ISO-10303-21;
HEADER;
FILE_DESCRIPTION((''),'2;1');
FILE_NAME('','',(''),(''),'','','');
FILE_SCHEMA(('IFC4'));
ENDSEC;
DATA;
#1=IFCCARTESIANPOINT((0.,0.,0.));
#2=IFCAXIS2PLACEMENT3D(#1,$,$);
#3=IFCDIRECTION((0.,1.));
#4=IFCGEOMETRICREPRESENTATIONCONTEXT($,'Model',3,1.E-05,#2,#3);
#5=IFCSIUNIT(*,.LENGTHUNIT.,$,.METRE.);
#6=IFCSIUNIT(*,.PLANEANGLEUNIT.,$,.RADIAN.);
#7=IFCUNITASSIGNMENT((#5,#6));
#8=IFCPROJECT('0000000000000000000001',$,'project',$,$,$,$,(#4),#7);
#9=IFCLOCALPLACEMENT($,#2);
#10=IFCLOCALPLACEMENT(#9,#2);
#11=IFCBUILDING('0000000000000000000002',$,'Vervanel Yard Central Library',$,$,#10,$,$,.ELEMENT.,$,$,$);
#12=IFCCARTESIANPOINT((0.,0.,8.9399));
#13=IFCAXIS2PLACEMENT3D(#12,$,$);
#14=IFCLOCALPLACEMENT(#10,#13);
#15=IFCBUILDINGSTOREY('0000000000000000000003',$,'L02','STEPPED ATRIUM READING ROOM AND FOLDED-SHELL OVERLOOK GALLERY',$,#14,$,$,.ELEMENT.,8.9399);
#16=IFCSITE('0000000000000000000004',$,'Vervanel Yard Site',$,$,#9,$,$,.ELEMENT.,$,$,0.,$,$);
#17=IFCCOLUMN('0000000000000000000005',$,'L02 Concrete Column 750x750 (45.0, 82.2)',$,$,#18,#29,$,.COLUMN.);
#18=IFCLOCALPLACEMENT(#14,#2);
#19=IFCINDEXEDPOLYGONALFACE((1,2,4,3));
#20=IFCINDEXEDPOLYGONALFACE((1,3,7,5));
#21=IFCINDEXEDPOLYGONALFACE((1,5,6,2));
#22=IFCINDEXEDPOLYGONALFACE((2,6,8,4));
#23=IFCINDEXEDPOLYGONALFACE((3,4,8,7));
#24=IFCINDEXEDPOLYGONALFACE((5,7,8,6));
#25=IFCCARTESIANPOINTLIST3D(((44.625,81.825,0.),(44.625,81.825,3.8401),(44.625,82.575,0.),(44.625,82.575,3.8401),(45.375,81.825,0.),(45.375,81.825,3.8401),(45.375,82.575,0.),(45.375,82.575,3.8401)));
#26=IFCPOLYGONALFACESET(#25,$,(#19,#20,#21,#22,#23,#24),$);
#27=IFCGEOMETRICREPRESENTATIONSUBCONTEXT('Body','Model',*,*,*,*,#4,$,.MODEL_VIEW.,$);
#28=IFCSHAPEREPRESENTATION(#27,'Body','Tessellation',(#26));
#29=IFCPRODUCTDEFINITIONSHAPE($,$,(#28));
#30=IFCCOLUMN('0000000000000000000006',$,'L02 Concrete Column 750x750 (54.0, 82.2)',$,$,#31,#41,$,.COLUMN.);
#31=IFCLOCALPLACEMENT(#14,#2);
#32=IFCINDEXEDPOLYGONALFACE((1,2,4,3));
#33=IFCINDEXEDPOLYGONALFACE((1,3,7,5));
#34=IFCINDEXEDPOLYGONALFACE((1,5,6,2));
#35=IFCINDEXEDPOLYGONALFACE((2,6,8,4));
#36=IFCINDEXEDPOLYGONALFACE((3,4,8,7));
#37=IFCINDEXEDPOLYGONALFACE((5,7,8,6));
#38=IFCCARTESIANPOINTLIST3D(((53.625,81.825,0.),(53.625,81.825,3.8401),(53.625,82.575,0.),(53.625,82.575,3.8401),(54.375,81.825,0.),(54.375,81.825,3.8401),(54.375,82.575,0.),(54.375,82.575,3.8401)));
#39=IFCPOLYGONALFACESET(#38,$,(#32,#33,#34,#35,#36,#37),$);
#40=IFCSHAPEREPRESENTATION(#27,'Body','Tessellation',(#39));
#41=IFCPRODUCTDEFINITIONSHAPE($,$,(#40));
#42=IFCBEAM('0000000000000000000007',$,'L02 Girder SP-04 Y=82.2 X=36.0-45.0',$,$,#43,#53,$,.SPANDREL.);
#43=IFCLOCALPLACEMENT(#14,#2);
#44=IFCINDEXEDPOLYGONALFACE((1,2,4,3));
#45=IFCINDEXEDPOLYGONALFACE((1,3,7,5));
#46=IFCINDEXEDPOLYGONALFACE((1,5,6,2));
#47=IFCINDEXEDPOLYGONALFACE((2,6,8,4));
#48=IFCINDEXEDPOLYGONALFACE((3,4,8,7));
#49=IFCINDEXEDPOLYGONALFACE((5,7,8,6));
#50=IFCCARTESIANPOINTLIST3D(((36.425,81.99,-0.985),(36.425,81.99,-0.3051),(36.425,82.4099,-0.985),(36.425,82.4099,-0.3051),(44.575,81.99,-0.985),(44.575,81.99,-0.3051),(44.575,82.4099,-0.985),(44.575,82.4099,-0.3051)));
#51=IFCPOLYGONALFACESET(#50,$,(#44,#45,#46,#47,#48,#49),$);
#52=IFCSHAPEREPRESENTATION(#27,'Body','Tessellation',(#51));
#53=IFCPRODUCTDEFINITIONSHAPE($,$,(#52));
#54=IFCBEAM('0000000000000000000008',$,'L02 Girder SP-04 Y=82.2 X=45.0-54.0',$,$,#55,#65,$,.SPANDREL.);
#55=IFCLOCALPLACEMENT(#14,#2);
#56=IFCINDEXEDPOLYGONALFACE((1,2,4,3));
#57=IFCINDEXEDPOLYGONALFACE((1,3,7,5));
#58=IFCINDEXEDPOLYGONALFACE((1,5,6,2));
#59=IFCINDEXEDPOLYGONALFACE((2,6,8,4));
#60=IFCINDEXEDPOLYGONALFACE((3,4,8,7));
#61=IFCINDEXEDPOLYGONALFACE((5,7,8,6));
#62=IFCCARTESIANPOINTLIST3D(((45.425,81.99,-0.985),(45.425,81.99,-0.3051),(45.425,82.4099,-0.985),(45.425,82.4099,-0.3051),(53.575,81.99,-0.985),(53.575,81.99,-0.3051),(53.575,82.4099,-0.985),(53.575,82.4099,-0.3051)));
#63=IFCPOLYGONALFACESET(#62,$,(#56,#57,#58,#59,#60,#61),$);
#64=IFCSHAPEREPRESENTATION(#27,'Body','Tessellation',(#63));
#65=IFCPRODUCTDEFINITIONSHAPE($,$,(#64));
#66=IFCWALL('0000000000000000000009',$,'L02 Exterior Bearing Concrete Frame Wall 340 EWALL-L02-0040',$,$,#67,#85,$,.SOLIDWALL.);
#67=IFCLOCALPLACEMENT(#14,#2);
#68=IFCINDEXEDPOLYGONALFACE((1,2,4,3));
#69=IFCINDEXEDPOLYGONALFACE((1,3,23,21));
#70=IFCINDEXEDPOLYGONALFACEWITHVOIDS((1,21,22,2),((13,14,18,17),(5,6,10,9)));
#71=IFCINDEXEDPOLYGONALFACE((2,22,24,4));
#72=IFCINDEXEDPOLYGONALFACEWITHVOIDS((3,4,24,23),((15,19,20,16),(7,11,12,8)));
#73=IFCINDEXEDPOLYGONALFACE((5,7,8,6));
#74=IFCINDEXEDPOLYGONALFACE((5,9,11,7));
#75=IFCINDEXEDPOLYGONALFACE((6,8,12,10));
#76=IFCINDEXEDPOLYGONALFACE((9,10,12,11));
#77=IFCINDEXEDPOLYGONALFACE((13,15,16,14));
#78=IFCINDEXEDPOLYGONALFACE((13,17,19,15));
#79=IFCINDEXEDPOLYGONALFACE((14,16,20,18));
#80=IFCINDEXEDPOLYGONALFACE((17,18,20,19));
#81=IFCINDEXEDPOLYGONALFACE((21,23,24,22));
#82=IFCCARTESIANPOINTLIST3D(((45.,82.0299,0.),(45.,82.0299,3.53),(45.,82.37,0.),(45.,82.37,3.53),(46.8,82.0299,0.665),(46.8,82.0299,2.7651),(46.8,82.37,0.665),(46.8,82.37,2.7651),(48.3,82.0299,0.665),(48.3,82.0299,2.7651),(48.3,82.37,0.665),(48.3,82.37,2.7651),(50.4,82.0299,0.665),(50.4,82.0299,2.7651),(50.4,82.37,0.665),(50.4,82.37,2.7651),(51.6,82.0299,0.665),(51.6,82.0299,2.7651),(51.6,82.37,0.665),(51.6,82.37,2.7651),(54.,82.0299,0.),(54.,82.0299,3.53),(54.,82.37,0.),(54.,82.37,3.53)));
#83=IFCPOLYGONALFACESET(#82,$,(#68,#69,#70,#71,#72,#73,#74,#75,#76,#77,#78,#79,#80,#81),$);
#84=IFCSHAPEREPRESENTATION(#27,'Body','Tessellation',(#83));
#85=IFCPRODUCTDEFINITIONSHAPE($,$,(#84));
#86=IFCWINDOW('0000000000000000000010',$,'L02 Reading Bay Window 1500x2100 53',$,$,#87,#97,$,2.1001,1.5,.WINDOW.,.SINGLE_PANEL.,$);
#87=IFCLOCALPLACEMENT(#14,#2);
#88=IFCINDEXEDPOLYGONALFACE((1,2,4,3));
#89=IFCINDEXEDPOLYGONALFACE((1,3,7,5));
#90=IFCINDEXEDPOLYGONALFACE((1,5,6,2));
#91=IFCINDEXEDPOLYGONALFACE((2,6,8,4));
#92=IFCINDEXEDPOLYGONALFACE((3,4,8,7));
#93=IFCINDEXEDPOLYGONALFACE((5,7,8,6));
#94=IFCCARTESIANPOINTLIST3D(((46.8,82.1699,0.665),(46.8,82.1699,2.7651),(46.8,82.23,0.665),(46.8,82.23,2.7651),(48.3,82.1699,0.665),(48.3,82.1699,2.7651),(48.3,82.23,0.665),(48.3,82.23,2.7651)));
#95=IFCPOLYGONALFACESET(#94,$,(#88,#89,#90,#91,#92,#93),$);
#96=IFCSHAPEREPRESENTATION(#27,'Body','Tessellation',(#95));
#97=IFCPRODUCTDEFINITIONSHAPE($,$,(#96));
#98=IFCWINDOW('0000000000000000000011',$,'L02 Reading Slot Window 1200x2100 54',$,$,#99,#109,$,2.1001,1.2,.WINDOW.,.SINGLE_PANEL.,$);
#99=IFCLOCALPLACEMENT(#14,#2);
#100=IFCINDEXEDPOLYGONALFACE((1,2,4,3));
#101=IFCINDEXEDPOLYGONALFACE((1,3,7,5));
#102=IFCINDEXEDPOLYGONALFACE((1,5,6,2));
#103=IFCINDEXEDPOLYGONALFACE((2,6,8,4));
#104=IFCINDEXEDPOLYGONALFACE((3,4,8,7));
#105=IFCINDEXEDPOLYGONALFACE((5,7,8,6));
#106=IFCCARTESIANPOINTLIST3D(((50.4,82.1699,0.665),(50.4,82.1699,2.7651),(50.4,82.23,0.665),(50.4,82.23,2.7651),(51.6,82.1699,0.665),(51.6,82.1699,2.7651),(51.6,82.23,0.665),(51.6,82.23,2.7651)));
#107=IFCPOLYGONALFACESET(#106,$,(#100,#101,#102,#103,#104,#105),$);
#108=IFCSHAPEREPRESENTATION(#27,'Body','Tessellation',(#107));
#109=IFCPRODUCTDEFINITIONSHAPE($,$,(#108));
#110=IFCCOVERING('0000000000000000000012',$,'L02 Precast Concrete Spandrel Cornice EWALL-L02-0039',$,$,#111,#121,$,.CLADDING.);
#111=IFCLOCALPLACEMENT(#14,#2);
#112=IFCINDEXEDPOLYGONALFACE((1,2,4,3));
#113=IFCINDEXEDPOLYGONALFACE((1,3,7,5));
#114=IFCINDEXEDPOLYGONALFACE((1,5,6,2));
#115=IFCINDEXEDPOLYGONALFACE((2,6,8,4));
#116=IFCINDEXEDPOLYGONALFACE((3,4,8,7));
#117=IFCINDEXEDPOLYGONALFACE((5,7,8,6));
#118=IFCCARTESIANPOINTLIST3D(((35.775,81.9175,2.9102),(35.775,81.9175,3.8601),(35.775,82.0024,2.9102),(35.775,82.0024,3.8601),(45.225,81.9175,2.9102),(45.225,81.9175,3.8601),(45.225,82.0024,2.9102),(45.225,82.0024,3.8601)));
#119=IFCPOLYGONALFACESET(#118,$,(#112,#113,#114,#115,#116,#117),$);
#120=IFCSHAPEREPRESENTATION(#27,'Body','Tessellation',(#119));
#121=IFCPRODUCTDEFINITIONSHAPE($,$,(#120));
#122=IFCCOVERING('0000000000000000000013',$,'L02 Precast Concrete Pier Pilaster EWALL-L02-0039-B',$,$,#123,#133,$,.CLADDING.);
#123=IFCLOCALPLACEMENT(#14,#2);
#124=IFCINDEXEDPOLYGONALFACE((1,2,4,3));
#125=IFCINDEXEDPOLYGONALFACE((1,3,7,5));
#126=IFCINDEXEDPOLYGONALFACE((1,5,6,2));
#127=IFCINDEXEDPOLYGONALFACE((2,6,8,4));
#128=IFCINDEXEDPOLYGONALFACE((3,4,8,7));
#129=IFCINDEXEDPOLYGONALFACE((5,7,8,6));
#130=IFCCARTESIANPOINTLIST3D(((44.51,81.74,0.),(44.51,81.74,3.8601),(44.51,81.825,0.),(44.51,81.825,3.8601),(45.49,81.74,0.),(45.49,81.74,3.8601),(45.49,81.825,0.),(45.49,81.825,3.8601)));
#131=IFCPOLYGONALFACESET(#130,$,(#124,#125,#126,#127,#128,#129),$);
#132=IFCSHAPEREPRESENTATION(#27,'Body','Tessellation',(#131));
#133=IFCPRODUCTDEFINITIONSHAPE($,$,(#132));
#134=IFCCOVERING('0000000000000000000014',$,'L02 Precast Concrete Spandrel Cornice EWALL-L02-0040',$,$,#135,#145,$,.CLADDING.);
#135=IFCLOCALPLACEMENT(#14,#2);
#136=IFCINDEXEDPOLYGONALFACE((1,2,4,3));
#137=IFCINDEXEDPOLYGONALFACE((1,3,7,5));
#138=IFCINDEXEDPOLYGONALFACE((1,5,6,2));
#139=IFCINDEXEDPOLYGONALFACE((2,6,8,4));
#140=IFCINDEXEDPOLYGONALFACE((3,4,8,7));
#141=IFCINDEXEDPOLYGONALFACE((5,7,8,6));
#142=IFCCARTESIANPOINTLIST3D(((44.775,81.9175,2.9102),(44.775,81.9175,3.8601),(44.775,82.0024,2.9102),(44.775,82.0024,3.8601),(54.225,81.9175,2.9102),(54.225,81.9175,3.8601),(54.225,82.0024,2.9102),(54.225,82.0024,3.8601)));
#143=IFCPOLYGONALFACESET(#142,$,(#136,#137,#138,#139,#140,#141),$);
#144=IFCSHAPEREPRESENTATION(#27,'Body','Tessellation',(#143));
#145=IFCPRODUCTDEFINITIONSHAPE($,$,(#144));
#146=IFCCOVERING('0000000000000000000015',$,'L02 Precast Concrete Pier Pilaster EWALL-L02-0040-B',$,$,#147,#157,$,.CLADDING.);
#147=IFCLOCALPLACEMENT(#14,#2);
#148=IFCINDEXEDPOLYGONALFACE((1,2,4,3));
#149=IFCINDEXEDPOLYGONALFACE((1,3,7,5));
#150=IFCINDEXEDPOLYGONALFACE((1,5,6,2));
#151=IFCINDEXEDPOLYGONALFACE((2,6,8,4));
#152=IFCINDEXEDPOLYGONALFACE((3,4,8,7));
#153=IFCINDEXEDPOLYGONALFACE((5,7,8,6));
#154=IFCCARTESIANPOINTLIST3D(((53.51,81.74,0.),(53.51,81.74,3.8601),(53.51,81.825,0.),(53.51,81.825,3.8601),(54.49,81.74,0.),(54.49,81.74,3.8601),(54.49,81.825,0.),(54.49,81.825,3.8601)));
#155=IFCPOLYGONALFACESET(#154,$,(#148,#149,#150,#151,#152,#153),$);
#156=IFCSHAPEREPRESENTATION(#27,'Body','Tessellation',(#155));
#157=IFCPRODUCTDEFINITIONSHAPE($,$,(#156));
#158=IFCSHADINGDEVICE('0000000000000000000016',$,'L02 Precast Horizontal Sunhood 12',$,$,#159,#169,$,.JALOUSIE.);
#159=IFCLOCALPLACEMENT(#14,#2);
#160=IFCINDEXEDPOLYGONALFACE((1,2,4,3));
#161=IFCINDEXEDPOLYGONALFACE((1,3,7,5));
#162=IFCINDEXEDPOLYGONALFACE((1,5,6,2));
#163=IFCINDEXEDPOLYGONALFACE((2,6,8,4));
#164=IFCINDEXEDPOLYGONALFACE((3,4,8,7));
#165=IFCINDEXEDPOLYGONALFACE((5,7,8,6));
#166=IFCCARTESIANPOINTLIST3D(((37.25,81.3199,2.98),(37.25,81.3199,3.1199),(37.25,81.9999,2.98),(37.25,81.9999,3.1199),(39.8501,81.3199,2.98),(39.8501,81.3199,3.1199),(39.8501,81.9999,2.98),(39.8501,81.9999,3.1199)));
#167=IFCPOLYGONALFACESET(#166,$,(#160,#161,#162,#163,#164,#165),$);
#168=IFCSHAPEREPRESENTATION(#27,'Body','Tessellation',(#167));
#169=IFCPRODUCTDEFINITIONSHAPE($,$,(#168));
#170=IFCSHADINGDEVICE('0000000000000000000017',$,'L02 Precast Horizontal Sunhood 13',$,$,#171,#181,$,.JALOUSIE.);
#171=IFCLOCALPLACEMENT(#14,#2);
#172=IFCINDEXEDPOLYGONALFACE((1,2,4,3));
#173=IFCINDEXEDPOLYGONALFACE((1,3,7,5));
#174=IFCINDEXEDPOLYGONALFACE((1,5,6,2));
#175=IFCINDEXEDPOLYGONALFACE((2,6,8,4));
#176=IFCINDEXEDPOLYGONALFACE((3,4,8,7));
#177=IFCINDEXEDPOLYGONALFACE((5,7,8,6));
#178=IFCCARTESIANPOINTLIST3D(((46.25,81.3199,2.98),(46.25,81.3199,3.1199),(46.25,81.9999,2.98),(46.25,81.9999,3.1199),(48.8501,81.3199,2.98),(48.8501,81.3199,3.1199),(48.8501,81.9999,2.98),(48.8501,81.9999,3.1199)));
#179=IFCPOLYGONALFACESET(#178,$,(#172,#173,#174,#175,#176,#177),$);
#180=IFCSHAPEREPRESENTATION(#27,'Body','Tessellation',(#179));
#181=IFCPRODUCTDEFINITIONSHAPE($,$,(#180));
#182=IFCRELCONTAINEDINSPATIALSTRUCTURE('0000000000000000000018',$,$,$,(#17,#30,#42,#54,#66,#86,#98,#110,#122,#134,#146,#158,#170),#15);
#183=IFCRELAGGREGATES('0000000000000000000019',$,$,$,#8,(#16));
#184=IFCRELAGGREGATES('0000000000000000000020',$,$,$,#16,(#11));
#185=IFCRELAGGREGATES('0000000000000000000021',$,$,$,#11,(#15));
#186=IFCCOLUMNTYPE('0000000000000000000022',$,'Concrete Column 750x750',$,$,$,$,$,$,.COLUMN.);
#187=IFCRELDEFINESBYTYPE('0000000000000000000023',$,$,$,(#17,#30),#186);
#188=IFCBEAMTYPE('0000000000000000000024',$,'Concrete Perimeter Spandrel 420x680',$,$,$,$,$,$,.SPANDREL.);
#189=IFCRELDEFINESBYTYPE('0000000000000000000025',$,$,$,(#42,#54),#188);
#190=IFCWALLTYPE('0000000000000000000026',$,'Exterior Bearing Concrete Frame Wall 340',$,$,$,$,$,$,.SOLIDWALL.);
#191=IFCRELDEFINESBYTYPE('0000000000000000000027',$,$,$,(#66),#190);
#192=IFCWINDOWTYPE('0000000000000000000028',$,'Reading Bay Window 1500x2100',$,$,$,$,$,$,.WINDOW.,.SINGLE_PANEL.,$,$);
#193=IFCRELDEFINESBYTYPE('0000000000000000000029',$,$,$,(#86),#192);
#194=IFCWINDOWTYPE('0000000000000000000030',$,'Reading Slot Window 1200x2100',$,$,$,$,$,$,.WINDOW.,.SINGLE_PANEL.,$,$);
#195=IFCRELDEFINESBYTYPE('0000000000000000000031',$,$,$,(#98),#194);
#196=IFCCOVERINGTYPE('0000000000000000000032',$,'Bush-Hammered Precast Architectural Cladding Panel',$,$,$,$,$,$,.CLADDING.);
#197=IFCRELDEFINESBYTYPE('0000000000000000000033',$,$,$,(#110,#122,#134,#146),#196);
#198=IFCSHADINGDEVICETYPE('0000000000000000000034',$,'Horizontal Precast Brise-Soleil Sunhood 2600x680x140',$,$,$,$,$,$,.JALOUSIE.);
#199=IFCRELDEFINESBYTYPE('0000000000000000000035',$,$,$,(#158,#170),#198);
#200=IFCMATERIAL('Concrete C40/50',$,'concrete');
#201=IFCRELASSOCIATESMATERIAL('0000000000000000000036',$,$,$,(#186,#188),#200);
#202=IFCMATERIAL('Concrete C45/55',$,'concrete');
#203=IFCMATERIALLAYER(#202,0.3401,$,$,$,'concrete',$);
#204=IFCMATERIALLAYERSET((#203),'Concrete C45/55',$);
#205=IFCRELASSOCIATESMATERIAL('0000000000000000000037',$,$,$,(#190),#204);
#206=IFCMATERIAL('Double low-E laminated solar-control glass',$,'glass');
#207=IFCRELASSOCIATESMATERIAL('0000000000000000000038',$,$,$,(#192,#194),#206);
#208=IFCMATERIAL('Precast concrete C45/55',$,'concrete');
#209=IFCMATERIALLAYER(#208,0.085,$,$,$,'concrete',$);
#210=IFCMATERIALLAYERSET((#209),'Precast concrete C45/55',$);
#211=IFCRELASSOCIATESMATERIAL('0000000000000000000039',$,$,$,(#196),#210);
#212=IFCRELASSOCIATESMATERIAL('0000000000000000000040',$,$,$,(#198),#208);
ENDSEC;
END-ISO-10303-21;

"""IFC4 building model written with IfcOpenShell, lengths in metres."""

from ifc_helpers import new_model, si_unit, direction, frame, frame_2d, origin, origin_2d, place, context, subcontext, project, spatial, rectangle, extrude, material, layer, layer_set, material_profile, profile_set, type_object, element, fill, save


model = new_model("IFC4")

# Units and contexts
model_context = context("Model", 3, precision=1e-05, world=origin(), true_north=direction((0.0, 1.0)))
body_context = subcontext(model_context, "Body", "Model", "MODEL_VIEW")
ifc_project = project(units=[si_unit("LENGTHUNIT", "METRE"), si_unit("PLANEANGLEUNIT", "RADIAN")], contexts=[model_context])

# Site, building, storey
site_placement = place(None, origin())
site = spatial("IfcSite", under=ifc_project, at=site_placement, Name="Vervanel Yard Site", CompositionType="ELEMENT", RefElevation=0.0)
building_placement = place(site_placement, origin())
building = spatial("IfcBuilding", under=site, at=building_placement, Name="Vervanel Yard Central Library", CompositionType="ELEMENT")
storey_placement = place(building_placement, frame((0.0, 0.0, 8.9399)))
storey = spatial("IfcBuildingStorey", under=building, at=storey_placement, Name="L02", Description="STEPPED ATRIUM READING ROOM AND FOLDED-SHELL OVERLOOK GALLERY", CompositionType="ELEMENT", Elevation=8.9399)

# Columns
ifc_material_1 = material(Name="Concrete C40/50", Category="concrete")
ifc_material_profile_1 = material_profile(ifc_material_1, rectangle(XDim=0.75, YDim=0.75, at=origin_2d()), Name="RC 750x750", Category="concrete")
ifc_profile_set_1 = profile_set([ifc_material_profile_1], Name="Concrete C40/50")
column_type = type_object("IfcColumnType", Name="Concrete Column 750x750", PredefinedType="COLUMN", material=ifc_profile_set_1)
for number, where, z_axis, x_axis, name in (
    (1, (45.0, 82.2, 0.0), (0.0, 0.0, 1.0), (1.0, 0.0, 0.0), "L02 Concrete Column 750x750 (45.0, 82.2)"),
    (2, (54.0, 82.2, 0.0), (0.0, 0.0, 1.0), (1.0, 0.0, 0.0), "L02 Concrete Column 750x750 (54.0, 82.2)"),
):
    element("IfcColumn", number, at=place(storey_placement, frame(where, z_axis=z_axis, x_axis=x_axis)), inside=storey, type_object=column_type, Name=name, PredefinedType="COLUMN", context=body_context, shape_type="SweptSolid", body=[
        extrude(rectangle(XDim=0.75, YDim=0.75, at=origin_2d()), origin(), (0.0, 0.0, 1.0), 3.8401),
    ])

# Beams
ifc_material_profile_2 = material_profile(ifc_material_1, rectangle(XDim=0.4199, YDim=0.6799, at=origin_2d()), Name="RC 420x680", Category="concrete")
ifc_profile_set_2 = profile_set([ifc_material_profile_2], Name="Concrete C40/50")
beam_type = type_object("IfcBeamType", Name="Concrete Perimeter Spandrel 420x680", PredefinedType="SPANDREL", material=ifc_profile_set_2)
for number, where, z_axis, x_axis, name in (
    (3, (36.425, 82.2, -0.645), (1.0, 0.0, 0.0), (0.0, 1.0, 0.0), "L02 Girder SP-04 Y=82.2 X=36.0-45.0"),
    (4, (45.425, 82.2, -0.645), (1.0, 0.0, 0.0), (0.0, 1.0, 0.0), "L02 Girder SP-04 Y=82.2 X=45.0-54.0"),
):
    element("IfcBeam", number, at=place(storey_placement, frame(where, z_axis=z_axis, x_axis=x_axis)), inside=storey, type_object=beam_type, Name=name, PredefinedType="SPANDREL", context=body_context, shape_type="SweptSolid", body=[
        extrude(rectangle(XDim=0.4199, YDim=0.6799, at=origin_2d()), origin(), (0.0, 0.0, 1.0), 8.1499),
    ])

# Wall, openings, windows
ifc_material_2 = material(Name="Concrete C45/55", Category="concrete")
ifc_layer_1 = layer(ifc_material_2, 0.3401, Category="concrete")
ifc_layer_set_1 = layer_set([ifc_layer_1], Name="Concrete C45/55")
wall_type = type_object("IfcWallType", Name="Exterior Bearing Concrete Frame Wall 340", PredefinedType="SOLIDWALL", material=ifc_layer_set_1)
wall_placement = place(storey_placement, frame((45.0, 82.2, 0.0), z_axis=(0.0, 0.0, 1.0), x_axis=(1.0, 0.0, 0.0)))
wall = element("IfcWall", 5, at=wall_placement, inside=storey, type_object=wall_type, Name="L02 Exterior Bearing Concrete Frame Wall 340 EWALL-L02-0040", PredefinedType="SOLIDWALL", context=body_context, shape_type="SweptSolid", body=[
    extrude(rectangle(XDim=9.0, YDim=0.3401, at=frame_2d((4.5, 0.0))), origin(), (0.0, 0.0, 1.0), 3.53),
])
opening_1_placement = place(wall_placement, frame((1.8, 0.0, 0.665)))
opening_1 = element("IfcOpeningElement", 6, at=opening_1_placement, cuts=wall, PredefinedType="OPENING", context=body_context, shape_type="SweptSolid", body=[
    extrude(rectangle(XDim=1.5, YDim=2.1001, at=frame_2d((0.75, 1.05))), frame((0.0, 0.1799, 0.0), z_axis=(0.0, -1.0, 0.0), x_axis=(1.0, 0.0, 0.0)), (0.0, 0.0, 1.0), 0.3601),
])
opening_2_placement = place(wall_placement, frame((5.3999, 0.0, 0.665)))
opening_2 = element("IfcOpeningElement", 7, at=opening_2_placement, cuts=wall, PredefinedType="OPENING", context=body_context, shape_type="SweptSolid", body=[
    extrude(rectangle(XDim=1.2, YDim=2.1001, at=frame_2d((0.6001, 1.05))), frame((0.0, 0.1799, 0.0), z_axis=(0.0, -1.0, 0.0), x_axis=(1.0, 0.0, 0.0)), (0.0, 0.0, 1.0), 0.3601),
])
ifc_material_3 = material(Name="Double low-E laminated solar-control glass", Category="glass")
window_type_1 = type_object("IfcWindowType", Name="Reading Bay Window 1500x2100", PartitioningType="SINGLE_PANEL", PredefinedType="WINDOW", material=ifc_material_3)
window_1_placement = place(opening_1_placement, origin())
window_1 = element("IfcWindow", 8, at=window_1_placement, inside=storey, type_object=window_type_1, Name="L02 Reading Bay Window 1500x2100 53", OverallHeight=2.1001, OverallWidth=1.5, PartitioningType="SINGLE_PANEL", PredefinedType="WINDOW", context=body_context, shape_type="SweptSolid", body=[
    extrude(rectangle(XDim=1.5, YDim=2.1001, at=frame_2d((0.75, 1.05))), frame((0.0, 0.03, 0.0), z_axis=(0.0, -1.0, 0.0), x_axis=(1.0, 0.0, 0.0)), (0.0, 0.0, 1.0), 0.0601),
])
fill(opening_1, window_1)
window_type_2 = type_object("IfcWindowType", Name="Reading Slot Window 1200x2100", PartitioningType="SINGLE_PANEL", PredefinedType="WINDOW", material=ifc_material_3)
window_2_placement = place(opening_2_placement, origin())
window_2 = element("IfcWindow", 9, at=window_2_placement, inside=storey, type_object=window_type_2, Name="L02 Reading Slot Window 1200x2100 54", OverallHeight=2.1001, OverallWidth=1.2, PartitioningType="SINGLE_PANEL", PredefinedType="WINDOW", context=body_context, shape_type="SweptSolid", body=[
    extrude(rectangle(XDim=1.2, YDim=2.1001, at=frame_2d((0.6001, 1.05))), frame((0.0, 0.03, 0.0), z_axis=(0.0, -1.0, 0.0), x_axis=(1.0, 0.0, 0.0)), (0.0, 0.0, 1.0), 0.0601),
])
fill(opening_2, window_2)

# Coverings
ifc_material_4 = material(Name="Precast concrete C45/55", Category="concrete")
ifc_layer_2 = layer(ifc_material_4, 0.085, Category="concrete")
ifc_layer_set_2 = layer_set([ifc_layer_2], Name="Precast concrete C45/55")
covering_type = type_object("IfcCoveringType", Name="Bush-Hammered Precast Architectural Cladding Panel", PredefinedType="CLADDING", material=ifc_layer_set_2)
covering_1_placement = place(storey_placement, frame((40.5, 81.96, 2.9102), z_axis=(0.0, 0.0, 1.0), x_axis=(1.0, 0.0, 0.0)))
element("IfcCovering", 10, at=covering_1_placement, inside=storey, type_object=covering_type, Name="L02 Precast Concrete Spandrel Cornice EWALL-L02-0039", PredefinedType="CLADDING", context=body_context, shape_type="SweptSolid", body=[
    extrude(rectangle(XDim=9.45, YDim=0.085, at=origin_2d()), origin(), (0.0, 0.0, 1.0), 0.95),
])
covering_2_placement = place(storey_placement, frame((45.0, 81.7825, 0.0), z_axis=(0.0, 0.0, 1.0), x_axis=(1.0, 0.0, 0.0)))
element("IfcCovering", 11, at=covering_2_placement, inside=storey, type_object=covering_type, Name="L02 Precast Concrete Pier Pilaster EWALL-L02-0039-B", PredefinedType="CLADDING", context=body_context, shape_type="SweptSolid", body=[
    extrude(rectangle(XDim=0.98, YDim=0.085, at=origin_2d()), origin(), (0.0, 0.0, 1.0), 3.8601),
])
covering_3_placement = place(storey_placement, frame((49.5, 81.96, 2.9102), z_axis=(0.0, 0.0, 1.0), x_axis=(1.0, 0.0, 0.0)))
element("IfcCovering", 12, at=covering_3_placement, inside=storey, type_object=covering_type, Name="L02 Precast Concrete Spandrel Cornice EWALL-L02-0040", PredefinedType="CLADDING", context=body_context, shape_type="SweptSolid", body=[
    extrude(rectangle(XDim=9.45, YDim=0.085, at=origin_2d()), origin(), (0.0, 0.0, 1.0), 0.95),
])
covering_4_placement = place(storey_placement, frame((54.0, 81.7825, 0.0), z_axis=(0.0, 0.0, 1.0), x_axis=(1.0, 0.0, 0.0)))
element("IfcCovering", 13, at=covering_4_placement, inside=storey, type_object=covering_type, Name="L02 Precast Concrete Pier Pilaster EWALL-L02-0040-B", PredefinedType="CLADDING", context=body_context, shape_type="SweptSolid", body=[
    extrude(rectangle(XDim=0.98, YDim=0.085, at=origin_2d()), origin(), (0.0, 0.0, 1.0), 3.8601),
])

# Shading devices
shading_device_type_1 = type_object("IfcShadingDeviceType", Name="Horizontal Precast Brise-Soleil Sunhood 2600x680x140", PredefinedType="JALOUSIE", material=ifc_material_4)
for number, where, z_axis, x_axis, name in (
    (14, (38.55, 81.6599, 2.98), (0.0, 0.0, 1.0), (1.0, 0.0, 0.0), "L02 Precast Horizontal Sunhood 12"),
    (15, (47.55, 81.6599, 2.98), (0.0, 0.0, 1.0), (1.0, 0.0, 0.0), "L02 Precast Horizontal Sunhood 13"),
):
    element("IfcShadingDevice", number, at=place(storey_placement, frame(where, z_axis=z_axis, x_axis=x_axis)), inside=storey, type_object=shading_device_type_1, Name=name, PredefinedType="JALOUSIE", context=body_context, shape_type="SweptSolid", body=[
        extrude(rectangle(XDim=2.6001, YDim=0.6799, at=origin_2d()), origin(), (0.0, 0.0, 1.0), 0.1399),
    ])

save(model, "model.ifc")
